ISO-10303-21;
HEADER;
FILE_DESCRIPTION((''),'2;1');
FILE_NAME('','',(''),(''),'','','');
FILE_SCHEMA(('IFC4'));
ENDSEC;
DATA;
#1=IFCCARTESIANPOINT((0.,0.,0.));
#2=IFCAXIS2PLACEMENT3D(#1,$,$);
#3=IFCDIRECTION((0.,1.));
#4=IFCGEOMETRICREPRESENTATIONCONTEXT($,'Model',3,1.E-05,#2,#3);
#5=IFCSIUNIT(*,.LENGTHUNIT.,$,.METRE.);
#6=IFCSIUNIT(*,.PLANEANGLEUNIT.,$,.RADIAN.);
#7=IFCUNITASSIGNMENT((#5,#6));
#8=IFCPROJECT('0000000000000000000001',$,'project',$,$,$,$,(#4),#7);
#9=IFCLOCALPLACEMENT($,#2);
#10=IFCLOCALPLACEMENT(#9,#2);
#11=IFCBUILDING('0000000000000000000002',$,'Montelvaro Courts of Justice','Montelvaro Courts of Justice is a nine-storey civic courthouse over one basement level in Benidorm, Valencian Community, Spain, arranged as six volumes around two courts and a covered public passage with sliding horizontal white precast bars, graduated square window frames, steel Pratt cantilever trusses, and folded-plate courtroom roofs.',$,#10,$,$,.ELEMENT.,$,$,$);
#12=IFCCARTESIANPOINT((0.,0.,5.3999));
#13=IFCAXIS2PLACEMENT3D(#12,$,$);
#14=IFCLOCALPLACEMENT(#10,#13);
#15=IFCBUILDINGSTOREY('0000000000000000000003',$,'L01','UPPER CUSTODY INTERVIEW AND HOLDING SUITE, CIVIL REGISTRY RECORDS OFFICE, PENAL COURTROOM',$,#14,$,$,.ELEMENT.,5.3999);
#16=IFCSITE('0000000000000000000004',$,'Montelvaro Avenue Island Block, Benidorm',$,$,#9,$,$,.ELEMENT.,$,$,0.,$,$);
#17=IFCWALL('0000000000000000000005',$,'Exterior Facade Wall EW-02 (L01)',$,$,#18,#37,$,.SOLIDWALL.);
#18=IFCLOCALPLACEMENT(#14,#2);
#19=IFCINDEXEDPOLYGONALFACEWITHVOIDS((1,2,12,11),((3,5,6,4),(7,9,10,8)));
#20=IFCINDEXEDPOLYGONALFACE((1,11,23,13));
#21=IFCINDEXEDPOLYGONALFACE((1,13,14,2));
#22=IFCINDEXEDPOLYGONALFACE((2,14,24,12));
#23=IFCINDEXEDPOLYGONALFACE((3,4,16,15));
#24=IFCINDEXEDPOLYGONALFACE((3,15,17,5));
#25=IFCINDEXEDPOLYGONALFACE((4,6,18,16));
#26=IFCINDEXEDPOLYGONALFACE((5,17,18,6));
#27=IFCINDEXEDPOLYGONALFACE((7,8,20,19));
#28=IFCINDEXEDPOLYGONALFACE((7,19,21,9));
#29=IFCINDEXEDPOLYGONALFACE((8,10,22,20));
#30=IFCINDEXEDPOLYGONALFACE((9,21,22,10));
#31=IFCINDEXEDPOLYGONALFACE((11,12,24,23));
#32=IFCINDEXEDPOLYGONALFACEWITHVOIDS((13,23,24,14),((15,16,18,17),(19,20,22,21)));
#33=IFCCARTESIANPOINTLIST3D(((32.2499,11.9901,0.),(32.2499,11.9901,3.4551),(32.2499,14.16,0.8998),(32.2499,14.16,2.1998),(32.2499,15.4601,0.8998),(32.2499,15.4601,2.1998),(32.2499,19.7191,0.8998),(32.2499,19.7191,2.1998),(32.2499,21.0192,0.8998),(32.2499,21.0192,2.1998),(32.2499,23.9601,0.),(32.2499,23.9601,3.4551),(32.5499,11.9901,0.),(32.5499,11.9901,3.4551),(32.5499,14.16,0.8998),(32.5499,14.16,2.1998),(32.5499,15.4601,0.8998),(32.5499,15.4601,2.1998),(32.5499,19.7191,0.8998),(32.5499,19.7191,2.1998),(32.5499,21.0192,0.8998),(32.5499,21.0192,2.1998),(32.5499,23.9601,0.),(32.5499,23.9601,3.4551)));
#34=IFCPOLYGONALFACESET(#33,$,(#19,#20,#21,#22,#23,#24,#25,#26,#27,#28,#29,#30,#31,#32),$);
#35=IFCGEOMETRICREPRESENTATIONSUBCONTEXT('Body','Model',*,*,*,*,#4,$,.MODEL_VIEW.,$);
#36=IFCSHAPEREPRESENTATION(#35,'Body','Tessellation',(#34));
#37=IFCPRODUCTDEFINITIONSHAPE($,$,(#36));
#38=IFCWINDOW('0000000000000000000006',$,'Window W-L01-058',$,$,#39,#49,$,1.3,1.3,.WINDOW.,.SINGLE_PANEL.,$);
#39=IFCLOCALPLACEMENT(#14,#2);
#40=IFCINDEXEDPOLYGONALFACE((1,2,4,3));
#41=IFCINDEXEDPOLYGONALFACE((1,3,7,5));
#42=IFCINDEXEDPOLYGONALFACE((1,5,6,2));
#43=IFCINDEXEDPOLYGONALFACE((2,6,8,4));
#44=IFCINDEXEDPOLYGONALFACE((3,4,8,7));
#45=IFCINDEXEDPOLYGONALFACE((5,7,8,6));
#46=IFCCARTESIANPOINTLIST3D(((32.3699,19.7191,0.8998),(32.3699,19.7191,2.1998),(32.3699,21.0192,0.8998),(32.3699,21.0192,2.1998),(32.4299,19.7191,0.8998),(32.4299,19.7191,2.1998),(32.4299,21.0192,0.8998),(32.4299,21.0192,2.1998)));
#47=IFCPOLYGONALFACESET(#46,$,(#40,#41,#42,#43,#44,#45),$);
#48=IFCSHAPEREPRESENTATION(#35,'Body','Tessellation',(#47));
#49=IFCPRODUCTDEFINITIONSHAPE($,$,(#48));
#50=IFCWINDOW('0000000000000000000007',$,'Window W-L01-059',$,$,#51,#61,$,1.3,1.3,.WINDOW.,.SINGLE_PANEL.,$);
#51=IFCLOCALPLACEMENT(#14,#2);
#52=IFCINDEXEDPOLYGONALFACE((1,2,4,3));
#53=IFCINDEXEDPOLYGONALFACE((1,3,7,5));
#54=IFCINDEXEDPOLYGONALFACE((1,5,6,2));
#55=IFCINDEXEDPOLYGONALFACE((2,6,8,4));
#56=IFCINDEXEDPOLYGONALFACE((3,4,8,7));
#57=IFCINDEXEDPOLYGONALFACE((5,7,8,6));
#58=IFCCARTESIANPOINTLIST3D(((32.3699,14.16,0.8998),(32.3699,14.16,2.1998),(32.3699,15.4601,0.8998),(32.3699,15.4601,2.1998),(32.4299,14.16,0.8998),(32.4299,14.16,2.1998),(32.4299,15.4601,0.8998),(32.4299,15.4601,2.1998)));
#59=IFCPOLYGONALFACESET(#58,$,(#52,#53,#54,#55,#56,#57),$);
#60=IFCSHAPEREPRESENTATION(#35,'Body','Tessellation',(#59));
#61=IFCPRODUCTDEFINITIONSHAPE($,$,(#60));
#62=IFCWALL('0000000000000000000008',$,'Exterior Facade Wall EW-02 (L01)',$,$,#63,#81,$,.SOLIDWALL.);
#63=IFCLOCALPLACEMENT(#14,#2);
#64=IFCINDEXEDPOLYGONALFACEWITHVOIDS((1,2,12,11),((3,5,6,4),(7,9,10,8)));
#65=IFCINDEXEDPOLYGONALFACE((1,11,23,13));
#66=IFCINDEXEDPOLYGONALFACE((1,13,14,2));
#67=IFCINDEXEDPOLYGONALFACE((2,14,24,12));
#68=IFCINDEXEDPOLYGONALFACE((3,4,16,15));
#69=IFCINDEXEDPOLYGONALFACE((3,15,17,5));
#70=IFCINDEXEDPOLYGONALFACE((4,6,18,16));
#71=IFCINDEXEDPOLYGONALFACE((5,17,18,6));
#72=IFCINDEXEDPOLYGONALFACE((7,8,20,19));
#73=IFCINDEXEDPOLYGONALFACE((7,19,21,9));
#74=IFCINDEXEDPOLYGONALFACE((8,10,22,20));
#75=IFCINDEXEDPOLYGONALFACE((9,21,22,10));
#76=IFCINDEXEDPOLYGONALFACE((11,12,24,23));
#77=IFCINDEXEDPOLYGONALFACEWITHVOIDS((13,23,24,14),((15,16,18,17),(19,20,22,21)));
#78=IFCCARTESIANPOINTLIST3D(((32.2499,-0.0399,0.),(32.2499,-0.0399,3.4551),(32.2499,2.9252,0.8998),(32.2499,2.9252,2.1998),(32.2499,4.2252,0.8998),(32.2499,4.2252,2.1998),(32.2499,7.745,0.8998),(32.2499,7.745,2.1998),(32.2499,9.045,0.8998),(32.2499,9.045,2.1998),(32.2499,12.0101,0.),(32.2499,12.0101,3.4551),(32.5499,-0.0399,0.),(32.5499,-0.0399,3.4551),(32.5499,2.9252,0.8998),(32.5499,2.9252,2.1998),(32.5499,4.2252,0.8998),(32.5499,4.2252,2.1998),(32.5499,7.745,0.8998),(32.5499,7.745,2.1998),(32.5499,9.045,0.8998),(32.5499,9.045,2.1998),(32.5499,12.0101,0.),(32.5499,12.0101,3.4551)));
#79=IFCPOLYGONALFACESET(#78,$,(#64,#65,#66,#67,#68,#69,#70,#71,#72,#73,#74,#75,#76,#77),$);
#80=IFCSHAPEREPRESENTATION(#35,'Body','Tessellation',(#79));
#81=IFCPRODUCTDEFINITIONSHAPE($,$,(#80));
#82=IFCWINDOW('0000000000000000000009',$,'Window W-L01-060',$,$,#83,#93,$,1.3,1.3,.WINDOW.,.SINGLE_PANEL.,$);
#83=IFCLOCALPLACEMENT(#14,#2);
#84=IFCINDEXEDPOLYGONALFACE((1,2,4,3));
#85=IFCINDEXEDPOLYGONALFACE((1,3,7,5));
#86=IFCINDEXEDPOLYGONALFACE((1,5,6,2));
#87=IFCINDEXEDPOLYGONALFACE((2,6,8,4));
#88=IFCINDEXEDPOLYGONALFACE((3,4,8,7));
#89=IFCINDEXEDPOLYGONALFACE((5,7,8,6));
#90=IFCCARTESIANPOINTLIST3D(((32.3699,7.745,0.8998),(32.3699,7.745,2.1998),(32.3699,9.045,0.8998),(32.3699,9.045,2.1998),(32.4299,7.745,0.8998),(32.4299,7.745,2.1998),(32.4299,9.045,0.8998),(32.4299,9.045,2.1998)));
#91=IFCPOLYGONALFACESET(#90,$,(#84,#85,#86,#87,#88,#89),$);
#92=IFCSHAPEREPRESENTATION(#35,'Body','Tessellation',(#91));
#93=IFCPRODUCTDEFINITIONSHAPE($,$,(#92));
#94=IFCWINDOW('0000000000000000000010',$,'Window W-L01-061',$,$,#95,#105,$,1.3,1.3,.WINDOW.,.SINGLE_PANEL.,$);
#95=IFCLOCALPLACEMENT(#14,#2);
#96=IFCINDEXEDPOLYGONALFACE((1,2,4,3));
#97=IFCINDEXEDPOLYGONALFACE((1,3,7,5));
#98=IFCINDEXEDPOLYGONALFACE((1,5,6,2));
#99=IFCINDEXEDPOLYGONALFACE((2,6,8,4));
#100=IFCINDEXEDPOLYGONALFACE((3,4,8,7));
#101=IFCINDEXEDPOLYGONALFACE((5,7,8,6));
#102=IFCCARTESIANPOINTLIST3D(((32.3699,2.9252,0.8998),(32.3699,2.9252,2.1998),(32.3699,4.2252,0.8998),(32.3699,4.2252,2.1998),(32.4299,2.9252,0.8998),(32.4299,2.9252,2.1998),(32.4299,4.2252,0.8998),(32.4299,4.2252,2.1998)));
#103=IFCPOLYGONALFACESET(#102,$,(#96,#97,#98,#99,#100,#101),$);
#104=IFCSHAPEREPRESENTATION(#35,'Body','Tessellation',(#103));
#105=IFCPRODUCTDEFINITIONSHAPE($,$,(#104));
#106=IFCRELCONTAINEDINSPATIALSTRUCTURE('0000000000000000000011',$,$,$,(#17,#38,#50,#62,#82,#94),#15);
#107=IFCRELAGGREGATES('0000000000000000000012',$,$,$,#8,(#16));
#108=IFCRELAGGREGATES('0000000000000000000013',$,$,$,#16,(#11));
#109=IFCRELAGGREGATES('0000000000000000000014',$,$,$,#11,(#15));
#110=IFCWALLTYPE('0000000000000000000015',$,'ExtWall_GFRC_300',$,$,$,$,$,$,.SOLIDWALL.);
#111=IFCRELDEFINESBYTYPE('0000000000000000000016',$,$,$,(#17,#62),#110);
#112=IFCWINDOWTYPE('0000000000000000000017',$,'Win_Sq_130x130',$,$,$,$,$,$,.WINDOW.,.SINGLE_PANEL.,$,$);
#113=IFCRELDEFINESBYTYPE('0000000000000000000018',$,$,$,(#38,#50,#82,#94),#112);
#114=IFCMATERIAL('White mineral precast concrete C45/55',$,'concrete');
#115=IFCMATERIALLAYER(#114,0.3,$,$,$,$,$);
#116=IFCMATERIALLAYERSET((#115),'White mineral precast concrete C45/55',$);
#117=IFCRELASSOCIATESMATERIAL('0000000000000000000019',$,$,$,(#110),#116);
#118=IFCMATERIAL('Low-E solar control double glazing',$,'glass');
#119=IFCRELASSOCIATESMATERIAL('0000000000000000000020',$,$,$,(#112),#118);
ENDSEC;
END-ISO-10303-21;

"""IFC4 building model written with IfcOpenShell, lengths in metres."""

from ifc_helpers import new_model, si_unit, direction, frame, frame_2d, origin, place, context, subcontext, project, spatial, rectangle, extrude, material, layer, layer_set, type_object, element, fill, save


model = new_model("IFC4")

# Units and contexts
model_context = context("Model", 3, precision=1e-05, world=origin(), true_north=direction((0.0, 1.0)))
body_context = subcontext(model_context, "Body", "Model", "MODEL_VIEW")
ifc_project = project(units=[si_unit("LENGTHUNIT", "METRE"), si_unit("PLANEANGLEUNIT", "RADIAN")], contexts=[model_context])

# Site, building, storey
site_placement = place(None, origin())
site = spatial("IfcSite", under=ifc_project, at=site_placement, Name="Montelvaro Avenue Island Block, Benidorm", CompositionType="ELEMENT", RefElevation=0.0)
building_placement = place(site_placement, origin())
building = spatial("IfcBuilding", under=site, at=building_placement, Name="Montelvaro Courts of Justice", Description="Montelvaro Courts of Justice is a nine-storey civic courthouse over one basement level in Benidorm, Valencian Community, Spain, arranged as six volumes around two courts and a covered public passage with sliding horizontal white precast bars, graduated square window frames, steel Pratt cantilever trusses, and folded-plate courtroom roofs.", CompositionType="ELEMENT")
storey_placement = place(building_placement, frame((0.0, 0.0, 5.3999)))
storey = spatial("IfcBuildingStorey", under=building, at=storey_placement, Name="L01", Description="UPPER CUSTODY INTERVIEW AND HOLDING SUITE, CIVIL REGISTRY RECORDS OFFICE, PENAL COURTROOM", CompositionType="ELEMENT", Elevation=5.3999)

# Shared definitions
ifc_material_1 = material(Name="White mineral precast concrete C45/55", Category="concrete")

# Shared definitions
ifc_layer_1 = layer(ifc_material_1, 0.3)
ifc_layer_set_1 = layer_set([ifc_layer_1], Name="White mineral precast concrete C45/55")
wall_type = type_object("IfcWallType", Name="ExtWall_GFRC_300", PredefinedType="SOLIDWALL", material=ifc_layer_set_1)

# Walls, openings, windows
wall_1_placement = place(storey_placement, frame((32.3999, 23.96, 0.0), z_axis=(0.0, 0.0, 1.0), x_axis=(0.0, -1.0, 0.0)))
wall_1 = element("IfcWall", 1, at=wall_1_placement, inside=storey, type_object=wall_type, Name="Exterior Facade Wall EW-02 (L01)", PredefinedType="SOLIDWALL", context=body_context, shape_type="SweptSolid", body=[
    extrude(rectangle(XDim=11.97, YDim=0.3, at=frame_2d((5.9849, 0.0))), origin(), (0.0, 0.0, 1.0), 3.4551),
])
opening_1_placement = place(wall_1_placement, frame((2.9409, 0.0, 0.8999)))
opening_1 = element("IfcOpeningElement", 2, at=opening_1_placement, cuts=wall_1, PredefinedType="OPENING", context=body_context, shape_type="SweptSolid", body=[
    extrude(rectangle(XDim=1.3, YDim=1.3, at=frame_2d((0.6499, 0.6499))), frame((0.0, 0.165, 0.0), z_axis=(0.0, -1.0, 0.0), x_axis=(1.0, 0.0, 0.0)), (0.0, 0.0, 1.0), 0.3298),
])
opening_2_placement = place(wall_1_placement, frame((8.5, 0.0, 0.8999)))
opening_2 = element("IfcOpeningElement", 3, at=opening_2_placement, cuts=wall_1, PredefinedType="OPENING", context=body_context, shape_type="SweptSolid", body=[
    extrude(rectangle(XDim=1.3, YDim=1.3, at=frame_2d((0.6499, 0.6499))), frame((0.0, 0.165, 0.0), z_axis=(0.0, -1.0, 0.0), x_axis=(1.0, 0.0, 0.0)), (0.0, 0.0, 1.0), 0.3298),
])
ifc_material_2 = material(Name="Low-E solar control double glazing", Category="glass")
window_type = type_object("IfcWindowType", Name="Win_Sq_130x130", PartitioningType="SINGLE_PANEL", PredefinedType="WINDOW", material=ifc_material_2)
window_1_placement = place(opening_1_placement, origin())
window_1 = element("IfcWindow", 4, at=window_1_placement, inside=storey, type_object=window_type, Name="Window W-L01-058", OverallHeight=1.3, OverallWidth=1.3, PartitioningType="SINGLE_PANEL", PredefinedType="WINDOW", context=body_context, shape_type="SweptSolid", body=[
    extrude(rectangle(XDim=1.3, YDim=1.3, at=frame_2d((0.6499, 0.6499))), frame((0.0, 0.03, 0.0), z_axis=(0.0, -1.0, 0.0), x_axis=(1.0, 0.0, 0.0)), (0.0, 0.0, 1.0), 0.0601),
])
fill(opening_1, window_1)
window_2_placement = place(opening_2_placement, origin())
window_2 = element("IfcWindow", 5, at=window_2_placement, inside=storey, type_object=window_type, Name="Window W-L01-059", OverallHeight=1.3, OverallWidth=1.3, PartitioningType="SINGLE_PANEL", PredefinedType="WINDOW", context=body_context, shape_type="SweptSolid", body=[
    extrude(rectangle(XDim=1.3, YDim=1.3, at=frame_2d((0.6499, 0.6499))), frame((0.0, 0.03, 0.0), z_axis=(0.0, -1.0, 0.0), x_axis=(1.0, 0.0, 0.0)), (0.0, 0.0, 1.0), 0.0601),
])
fill(opening_2, window_2)
wall_2_placement = place(storey_placement, frame((32.3999, 12.01, 0.0), z_axis=(0.0, 0.0, 1.0), x_axis=(0.0, -1.0, 0.0)))
wall_2 = element("IfcWall", 6, at=wall_2_placement, inside=storey, type_object=wall_type, Name="Exterior Facade Wall EW-02 (L01)", PredefinedType="SOLIDWALL", context=body_context, shape_type="SweptSolid", body=[
    extrude(rectangle(XDim=12.05, YDim=0.3, at=frame_2d((6.0249, 0.0))), origin(), (0.0, 0.0, 1.0), 3.4551),
])
opening_3_placement = place(wall_2_placement, frame((2.9651, 0.0, 0.8999)))
opening_3 = element("IfcOpeningElement", 7, at=opening_3_placement, cuts=wall_2, PredefinedType="OPENING", context=body_context, shape_type="SweptSolid", body=[
    extrude(rectangle(XDim=1.3, YDim=1.3, at=frame_2d((0.6499, 0.6499))), frame((0.0, 0.165, 0.0), z_axis=(0.0, -1.0, 0.0), x_axis=(1.0, 0.0, 0.0)), (0.0, 0.0, 1.0), 0.3298),
])
opening_4_placement = place(wall_2_placement, frame((7.7849, 0.0, 0.8999)))
opening_4 = element("IfcOpeningElement", 8, at=opening_4_placement, cuts=wall_2, PredefinedType="OPENING", context=body_context, shape_type="SweptSolid", body=[
    extrude(rectangle(XDim=1.3, YDim=1.3, at=frame_2d((0.6499, 0.6499))), frame((0.0, 0.165, 0.0), z_axis=(0.0, -1.0, 0.0), x_axis=(1.0, 0.0, 0.0)), (0.0, 0.0, 1.0), 0.3298),
])
window_3_placement = place(opening_3_placement, origin())
window_3 = element("IfcWindow", 9, at=window_3_placement, inside=storey, type_object=window_type, Name="Window W-L01-060", OverallHeight=1.3, OverallWidth=1.3, PartitioningType="SINGLE_PANEL", PredefinedType="WINDOW", context=body_context, shape_type="SweptSolid", body=[
    extrude(rectangle(XDim=1.3, YDim=1.3, at=frame_2d((0.6499, 0.6499))), frame((0.0, 0.03, 0.0), z_axis=(0.0, -1.0, 0.0), x_axis=(1.0, 0.0, 0.0)), (0.0, 0.0, 1.0), 0.0601),
])
fill(opening_3, window_3)
window_4_placement = place(opening_4_placement, origin())
window_4 = element("IfcWindow", 10, at=window_4_placement, inside=storey, type_object=window_type, Name="Window W-L01-061", OverallHeight=1.3, OverallWidth=1.3, PartitioningType="SINGLE_PANEL", PredefinedType="WINDOW", context=body_context, shape_type="SweptSolid", body=[
    extrude(rectangle(XDim=1.3, YDim=1.3, at=frame_2d((0.6499, 0.6499))), frame((0.0, 0.03, 0.0), z_axis=(0.0, -1.0, 0.0), x_axis=(1.0, 0.0, 0.0)), (0.0, 0.0, 1.0), 0.0601),
])
fill(opening_4, window_4)

save(model, "model.ifc")
